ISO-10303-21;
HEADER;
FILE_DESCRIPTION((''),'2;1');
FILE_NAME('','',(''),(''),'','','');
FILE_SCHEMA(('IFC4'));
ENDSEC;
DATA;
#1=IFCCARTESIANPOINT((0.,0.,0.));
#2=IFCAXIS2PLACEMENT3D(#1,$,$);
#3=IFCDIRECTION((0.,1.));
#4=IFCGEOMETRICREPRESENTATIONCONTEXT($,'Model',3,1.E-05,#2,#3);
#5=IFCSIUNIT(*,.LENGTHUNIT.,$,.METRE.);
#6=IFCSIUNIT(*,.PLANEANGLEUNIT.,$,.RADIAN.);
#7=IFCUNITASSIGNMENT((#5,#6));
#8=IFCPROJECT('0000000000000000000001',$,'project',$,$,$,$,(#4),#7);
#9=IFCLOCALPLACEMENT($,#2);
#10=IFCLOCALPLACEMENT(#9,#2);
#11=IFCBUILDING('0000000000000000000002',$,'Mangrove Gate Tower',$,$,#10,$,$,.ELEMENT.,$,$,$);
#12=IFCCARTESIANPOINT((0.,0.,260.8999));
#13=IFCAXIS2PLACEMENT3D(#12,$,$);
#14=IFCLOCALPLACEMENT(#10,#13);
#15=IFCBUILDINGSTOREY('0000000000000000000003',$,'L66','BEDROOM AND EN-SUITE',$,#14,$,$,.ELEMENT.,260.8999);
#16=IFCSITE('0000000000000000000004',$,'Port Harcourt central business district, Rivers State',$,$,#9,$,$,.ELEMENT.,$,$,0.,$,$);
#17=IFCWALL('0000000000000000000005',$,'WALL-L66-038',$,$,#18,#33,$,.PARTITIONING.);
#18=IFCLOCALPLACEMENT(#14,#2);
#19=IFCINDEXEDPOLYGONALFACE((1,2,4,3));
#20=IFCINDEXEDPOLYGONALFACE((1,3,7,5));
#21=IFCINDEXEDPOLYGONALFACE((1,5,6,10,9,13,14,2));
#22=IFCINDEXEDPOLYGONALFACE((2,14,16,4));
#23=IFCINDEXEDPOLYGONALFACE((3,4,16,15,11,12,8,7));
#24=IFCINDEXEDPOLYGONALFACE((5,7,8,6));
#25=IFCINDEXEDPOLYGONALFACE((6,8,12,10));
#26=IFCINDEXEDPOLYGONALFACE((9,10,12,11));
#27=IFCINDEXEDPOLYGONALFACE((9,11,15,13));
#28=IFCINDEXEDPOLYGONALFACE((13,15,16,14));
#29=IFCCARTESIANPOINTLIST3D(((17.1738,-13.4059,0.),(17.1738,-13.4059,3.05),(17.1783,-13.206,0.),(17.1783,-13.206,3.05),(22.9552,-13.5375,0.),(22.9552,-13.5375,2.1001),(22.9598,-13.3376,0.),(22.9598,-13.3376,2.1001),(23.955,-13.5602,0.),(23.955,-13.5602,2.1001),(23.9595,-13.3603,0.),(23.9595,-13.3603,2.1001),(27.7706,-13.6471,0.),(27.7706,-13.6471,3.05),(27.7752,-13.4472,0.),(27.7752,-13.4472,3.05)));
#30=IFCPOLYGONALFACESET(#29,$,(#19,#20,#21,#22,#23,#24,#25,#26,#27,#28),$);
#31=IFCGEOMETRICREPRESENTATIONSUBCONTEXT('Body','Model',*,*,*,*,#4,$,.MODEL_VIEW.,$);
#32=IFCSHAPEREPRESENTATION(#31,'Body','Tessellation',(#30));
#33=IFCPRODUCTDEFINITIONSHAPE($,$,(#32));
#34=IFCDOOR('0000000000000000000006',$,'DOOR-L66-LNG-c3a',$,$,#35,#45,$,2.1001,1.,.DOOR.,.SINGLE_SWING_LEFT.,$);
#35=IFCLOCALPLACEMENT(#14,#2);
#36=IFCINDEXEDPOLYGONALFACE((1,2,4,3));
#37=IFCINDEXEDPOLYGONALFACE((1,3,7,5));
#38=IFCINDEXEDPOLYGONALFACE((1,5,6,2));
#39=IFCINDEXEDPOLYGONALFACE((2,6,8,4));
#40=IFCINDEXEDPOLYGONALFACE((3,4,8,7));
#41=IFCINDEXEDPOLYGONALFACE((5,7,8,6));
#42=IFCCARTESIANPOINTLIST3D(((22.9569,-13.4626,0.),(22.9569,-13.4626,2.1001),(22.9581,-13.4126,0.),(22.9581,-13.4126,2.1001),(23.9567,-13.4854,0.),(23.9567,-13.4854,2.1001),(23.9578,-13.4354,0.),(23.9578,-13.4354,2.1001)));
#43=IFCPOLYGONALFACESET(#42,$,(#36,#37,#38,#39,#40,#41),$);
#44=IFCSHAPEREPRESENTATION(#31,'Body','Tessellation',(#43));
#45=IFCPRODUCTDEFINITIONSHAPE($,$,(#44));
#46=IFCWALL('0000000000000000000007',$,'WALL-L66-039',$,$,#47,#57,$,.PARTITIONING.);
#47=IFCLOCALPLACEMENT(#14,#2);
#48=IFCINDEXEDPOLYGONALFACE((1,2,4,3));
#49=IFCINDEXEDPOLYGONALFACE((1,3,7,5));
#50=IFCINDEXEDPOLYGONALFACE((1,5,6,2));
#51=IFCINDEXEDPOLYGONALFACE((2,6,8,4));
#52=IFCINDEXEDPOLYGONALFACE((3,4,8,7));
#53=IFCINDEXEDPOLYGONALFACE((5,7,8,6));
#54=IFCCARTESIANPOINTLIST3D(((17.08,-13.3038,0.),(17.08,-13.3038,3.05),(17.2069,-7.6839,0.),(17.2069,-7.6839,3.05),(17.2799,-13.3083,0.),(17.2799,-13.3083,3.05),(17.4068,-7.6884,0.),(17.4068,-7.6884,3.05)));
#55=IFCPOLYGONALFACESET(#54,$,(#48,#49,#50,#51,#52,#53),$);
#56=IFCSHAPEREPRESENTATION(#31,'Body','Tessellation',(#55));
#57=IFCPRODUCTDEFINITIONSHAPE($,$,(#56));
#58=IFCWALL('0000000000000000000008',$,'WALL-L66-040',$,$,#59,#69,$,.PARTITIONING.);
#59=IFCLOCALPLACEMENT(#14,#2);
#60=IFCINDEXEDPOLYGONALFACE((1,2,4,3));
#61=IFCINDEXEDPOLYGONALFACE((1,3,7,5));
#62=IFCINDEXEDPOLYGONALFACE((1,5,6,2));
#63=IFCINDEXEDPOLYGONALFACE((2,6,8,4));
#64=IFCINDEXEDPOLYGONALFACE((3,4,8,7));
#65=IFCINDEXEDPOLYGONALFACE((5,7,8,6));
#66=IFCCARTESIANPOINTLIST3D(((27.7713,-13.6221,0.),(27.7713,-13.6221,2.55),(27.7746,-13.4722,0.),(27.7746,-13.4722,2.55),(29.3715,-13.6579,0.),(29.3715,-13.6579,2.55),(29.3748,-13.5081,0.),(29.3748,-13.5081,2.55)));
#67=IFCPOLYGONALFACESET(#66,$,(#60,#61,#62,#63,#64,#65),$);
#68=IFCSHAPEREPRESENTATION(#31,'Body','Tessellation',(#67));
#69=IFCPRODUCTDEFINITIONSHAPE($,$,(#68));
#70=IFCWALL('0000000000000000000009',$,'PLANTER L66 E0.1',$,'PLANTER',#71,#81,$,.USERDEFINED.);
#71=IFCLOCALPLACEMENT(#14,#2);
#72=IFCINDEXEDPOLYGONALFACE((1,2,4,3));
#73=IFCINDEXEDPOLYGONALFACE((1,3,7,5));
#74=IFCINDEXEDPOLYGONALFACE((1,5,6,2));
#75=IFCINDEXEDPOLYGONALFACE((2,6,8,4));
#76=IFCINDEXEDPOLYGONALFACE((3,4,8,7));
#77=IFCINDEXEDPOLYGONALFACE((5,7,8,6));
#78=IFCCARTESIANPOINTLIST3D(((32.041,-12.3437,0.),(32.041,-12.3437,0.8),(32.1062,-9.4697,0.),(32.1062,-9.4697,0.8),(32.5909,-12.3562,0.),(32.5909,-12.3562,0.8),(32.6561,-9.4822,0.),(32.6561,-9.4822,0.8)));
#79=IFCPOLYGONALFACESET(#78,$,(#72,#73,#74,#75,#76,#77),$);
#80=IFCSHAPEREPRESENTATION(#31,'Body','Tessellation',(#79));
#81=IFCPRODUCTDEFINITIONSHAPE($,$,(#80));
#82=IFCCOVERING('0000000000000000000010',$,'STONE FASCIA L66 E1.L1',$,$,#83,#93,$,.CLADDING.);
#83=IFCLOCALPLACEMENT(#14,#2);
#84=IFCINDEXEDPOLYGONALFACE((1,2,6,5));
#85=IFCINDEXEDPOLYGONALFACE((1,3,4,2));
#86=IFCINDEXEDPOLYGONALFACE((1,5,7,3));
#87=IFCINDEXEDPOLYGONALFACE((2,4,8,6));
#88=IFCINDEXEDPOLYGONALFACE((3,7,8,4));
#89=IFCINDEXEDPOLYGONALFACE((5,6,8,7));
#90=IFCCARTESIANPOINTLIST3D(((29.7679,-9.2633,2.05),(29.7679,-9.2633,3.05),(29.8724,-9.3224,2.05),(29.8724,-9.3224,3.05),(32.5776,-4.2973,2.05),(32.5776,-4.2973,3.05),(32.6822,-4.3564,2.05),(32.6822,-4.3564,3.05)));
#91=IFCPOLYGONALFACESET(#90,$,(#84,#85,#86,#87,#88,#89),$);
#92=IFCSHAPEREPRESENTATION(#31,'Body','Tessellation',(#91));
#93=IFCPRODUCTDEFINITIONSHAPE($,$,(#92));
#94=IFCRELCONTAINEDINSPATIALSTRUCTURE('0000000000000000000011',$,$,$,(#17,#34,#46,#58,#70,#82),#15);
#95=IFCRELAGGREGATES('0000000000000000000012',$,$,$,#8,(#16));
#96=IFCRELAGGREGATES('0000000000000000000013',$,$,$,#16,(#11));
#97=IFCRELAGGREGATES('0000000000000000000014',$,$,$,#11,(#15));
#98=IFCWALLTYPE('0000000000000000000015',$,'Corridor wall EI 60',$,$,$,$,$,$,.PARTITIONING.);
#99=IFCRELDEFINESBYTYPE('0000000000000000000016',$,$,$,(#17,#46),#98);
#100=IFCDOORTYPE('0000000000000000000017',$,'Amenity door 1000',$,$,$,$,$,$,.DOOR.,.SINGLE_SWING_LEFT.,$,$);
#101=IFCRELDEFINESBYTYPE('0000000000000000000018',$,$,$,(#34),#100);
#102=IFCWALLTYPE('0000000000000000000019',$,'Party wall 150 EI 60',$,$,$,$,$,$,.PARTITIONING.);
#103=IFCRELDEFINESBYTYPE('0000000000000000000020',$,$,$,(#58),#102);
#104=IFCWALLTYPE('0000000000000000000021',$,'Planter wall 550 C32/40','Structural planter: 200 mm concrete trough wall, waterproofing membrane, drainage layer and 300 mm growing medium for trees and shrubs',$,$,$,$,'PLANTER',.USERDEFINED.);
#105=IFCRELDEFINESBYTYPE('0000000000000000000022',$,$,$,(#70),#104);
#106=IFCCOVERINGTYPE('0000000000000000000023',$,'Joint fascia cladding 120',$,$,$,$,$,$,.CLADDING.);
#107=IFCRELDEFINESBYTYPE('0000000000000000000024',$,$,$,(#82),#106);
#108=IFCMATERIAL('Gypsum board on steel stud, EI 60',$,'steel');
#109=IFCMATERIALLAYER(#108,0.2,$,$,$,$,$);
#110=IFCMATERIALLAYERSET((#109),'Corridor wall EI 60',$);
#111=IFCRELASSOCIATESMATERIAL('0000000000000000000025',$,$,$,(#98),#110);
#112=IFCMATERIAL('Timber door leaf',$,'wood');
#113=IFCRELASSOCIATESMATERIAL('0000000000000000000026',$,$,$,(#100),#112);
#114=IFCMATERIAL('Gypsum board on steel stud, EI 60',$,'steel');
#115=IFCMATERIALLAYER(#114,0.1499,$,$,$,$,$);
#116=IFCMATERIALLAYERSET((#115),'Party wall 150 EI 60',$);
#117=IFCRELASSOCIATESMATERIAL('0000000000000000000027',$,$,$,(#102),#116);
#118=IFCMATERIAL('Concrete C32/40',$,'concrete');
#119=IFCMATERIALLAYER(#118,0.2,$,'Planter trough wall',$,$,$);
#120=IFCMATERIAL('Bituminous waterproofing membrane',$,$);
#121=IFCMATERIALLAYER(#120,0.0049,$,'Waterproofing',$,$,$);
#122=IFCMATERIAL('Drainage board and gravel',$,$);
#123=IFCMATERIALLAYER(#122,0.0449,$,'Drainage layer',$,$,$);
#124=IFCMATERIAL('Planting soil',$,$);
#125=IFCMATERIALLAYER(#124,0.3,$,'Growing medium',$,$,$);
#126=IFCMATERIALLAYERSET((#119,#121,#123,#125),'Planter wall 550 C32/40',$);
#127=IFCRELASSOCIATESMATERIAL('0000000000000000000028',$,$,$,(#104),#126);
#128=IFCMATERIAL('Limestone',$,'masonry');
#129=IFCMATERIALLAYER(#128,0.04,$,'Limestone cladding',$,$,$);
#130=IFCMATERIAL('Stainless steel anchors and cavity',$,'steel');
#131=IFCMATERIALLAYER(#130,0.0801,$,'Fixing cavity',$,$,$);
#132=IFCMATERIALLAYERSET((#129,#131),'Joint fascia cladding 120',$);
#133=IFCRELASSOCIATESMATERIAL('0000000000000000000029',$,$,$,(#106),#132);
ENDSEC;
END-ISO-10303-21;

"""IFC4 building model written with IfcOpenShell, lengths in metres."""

from ifc_helpers import new_model, si_unit, direction, frame, frame_2d, origin, place, context, subcontext, project, spatial, rectangle, extrude, material, layer, layer_set, type_object, element, fill, save


model = new_model("IFC4")

# Units and contexts
model_context = context("Model", 3, precision=1e-05, world=origin(), true_north=direction((0.0, 1.0)))
body_context = subcontext(model_context, "Body", "Model", "MODEL_VIEW")
ifc_project = project(units=[si_unit("LENGTHUNIT", "METRE"), si_unit("PLANEANGLEUNIT", "RADIAN")], contexts=[model_context])

# Site, building, storey
site_placement = place(None, origin())
site = spatial("IfcSite", under=ifc_project, at=site_placement, Name="Port Harcourt central business district, Rivers State", CompositionType="ELEMENT", RefElevation=0.0)
building_placement = place(site_placement, origin())
building = spatial("IfcBuilding", under=site, at=building_placement, Name="Mangrove Gate Tower", CompositionType="ELEMENT")
storey_placement = place(building_placement, frame((0.0, 0.0, 260.8999)))
storey = spatial("IfcBuildingStorey", under=building, at=storey_placement, Name="L66", Description="BEDROOM AND EN-SUITE", CompositionType="ELEMENT", Elevation=260.8999)

# Shared definitions
ifc_material_1 = material(Name="Gypsum board on steel stud, EI 60", Category="steel")
ifc_layer_1 = layer(ifc_material_1, 0.2)
ifc_layer_set_1 = layer_set([ifc_layer_1], Name="Corridor wall EI 60")
wall_type_1 = type_object("IfcWallType", Name="Corridor wall EI 60", PredefinedType="PARTITIONING", material=ifc_layer_set_1)

# Wall, opening, door
wall_1_placement = place(storey_placement, frame((17.176, -13.3059, 0.0), z_axis=(0.0, 0.0, 1.0), x_axis=(0.999741, -0.022756, 0.0)))
wall_1 = element("IfcWall", 1, at=wall_1_placement, inside=storey, type_object=wall_type_1, Name="WALL-L66-038", PredefinedType="PARTITIONING", context=body_context, shape_type="SweptSolid", body=[
    extrude(rectangle(XDim=10.5996, YDim=0.2, at=frame_2d((5.2998, 0.0))), origin(), (0.0, 0.0, 1.0), 3.05),
])
opening_placement = place(wall_1_placement, frame((5.783, 0.0, 0.0)))
opening = element("IfcOpeningElement", 2, at=opening_placement, cuts=wall_1, PredefinedType="OPENING", context=body_context, shape_type="SweptSolid", body=[
    extrude(rectangle(XDim=1.0, YDim=2.1001, at=frame_2d((0.5, 1.05))), frame((0.0, 0.1099, 0.0), z_axis=(0.0, -1.0, 0.0), x_axis=(1.0, 0.0, 0.0)), (0.0, 0.0, 1.0), 0.22),
])
ifc_material_2 = material(Name="Timber door leaf", Category="wood")
door_type = type_object("IfcDoorType", Name="Amenity door 1000", OperationType="SINGLE_SWING_LEFT", PredefinedType="DOOR", material=ifc_material_2)
door_placement = place(opening_placement, origin())
door = element("IfcDoor", 3, at=door_placement, inside=storey, type_object=door_type, Name="DOOR-L66-LNG-c3a", OperationType="SINGLE_SWING_LEFT", OverallHeight=2.1001, OverallWidth=1.0, PredefinedType="DOOR", context=body_context, shape_type="SweptSolid", body=[
    extrude(rectangle(XDim=1.0, YDim=2.1001, at=frame_2d((0.5, 1.05))), frame((0.0, 0.0249, 0.0), z_axis=(0.0, -1.0, 0.0), x_axis=(1.0, 0.0, 0.0)), (0.0, 0.0, 1.0), 0.05),
])
fill(opening, door)

# Walls
wall_2_placement = place(storey_placement, frame((17.1799, -13.3059, 0.0), z_axis=(0.0, 0.0, 1.0), x_axis=(0.022584, 0.999745, 0.0)))
element("IfcWall", 4, at=wall_2_placement, inside=storey, type_object=wall_type_1, Name="WALL-L66-039", PredefinedType="PARTITIONING", context=body_context, shape_type="SweptSolid", body=[
    extrude(rectangle(XDim=5.6213, YDim=0.2, at=frame_2d((2.8105, 0.0))), origin(), (0.0, 0.0, 1.0), 3.05),
])
ifc_material_3 = material(Name="Gypsum board on steel stud, EI 60", Category="steel")
ifc_layer_2 = layer(ifc_material_3, 0.1499)
ifc_layer_set_2 = layer_set([ifc_layer_2], Name="Party wall 150 EI 60")
wall_type_2 = type_object("IfcWallType", Name="Party wall 150 EI 60", PredefinedType="PARTITIONING", material=ifc_layer_set_2)
wall_3_placement = place(storey_placement, frame((27.7729, -13.5471, 0.0), z_axis=(0.0, 0.0, 1.0), x_axis=(0.999749, -0.022423, 0.0)))
element("IfcWall", 5, at=wall_3_placement, inside=storey, type_object=wall_type_2, Name="WALL-L66-040", PredefinedType="PARTITIONING", context=body_context, shape_type="SweptSolid", body=[
    extrude(rectangle(XDim=1.6006, YDim=0.1499, at=frame_2d((0.8003, 0.0))), origin(), (0.0, 0.0, 1.0), 2.55),
])
ifc_material_4 = material(Name="Concrete C32/40", Category="concrete")
ifc_layer_3 = layer(ifc_material_4, 0.2, Name="Planter trough wall")
ifc_material_5 = material(Name="Bituminous waterproofing membrane")
ifc_layer_4 = layer(ifc_material_5, 0.0049, Name="Waterproofing")
ifc_material_6 = material(Name="Drainage board and gravel")
ifc_layer_5 = layer(ifc_material_6, 0.0449, Name="Drainage layer")
ifc_material_7 = material(Name="Planting soil")
ifc_layer_6 = layer(ifc_material_7, 0.3, Name="Growing medium")
ifc_layer_set_3 = layer_set([ifc_layer_3, ifc_layer_4, ifc_layer_5, ifc_layer_6], Name="Planter wall 550 C32/40")
wall_type_3 = type_object("IfcWallType", Name="Planter wall 550 C32/40", Description="Structural planter: 200 mm concrete trough wall, waterproofing membrane, drainage layer and 300 mm growing medium for trees and shrubs", ElementType="PLANTER", PredefinedType="USERDEFINED", material=ifc_layer_set_3)
wall_4_placement = place(storey_placement, frame((32.3159, -12.3501, 0.0), z_axis=(0.0, 0.0, 1.0), x_axis=(0.022675, 0.999743, 0.0)))
element("IfcWall", 6, at=wall_4_placement, inside=storey, type_object=wall_type_3, Name="PLANTER L66 E0.1", ObjectType="PLANTER", PredefinedType="USERDEFINED", context=body_context, shape_type="SweptSolid", body=[
    extrude(rectangle(XDim=2.8748, YDim=0.55, at=frame_2d((1.4375, 0.0))), origin(), (0.0, 0.0, 1.0), 0.8),
])

# Covering
ifc_material_8 = material(Name="Limestone", Category="masonry")
ifc_layer_7 = layer(ifc_material_8, 0.04, Name="Limestone cladding")
ifc_material_9 = material(Name="Stainless steel anchors and cavity", Category="steel")
ifc_layer_8 = layer(ifc_material_9, 0.0801, Name="Fixing cavity")
ifc_layer_set_4 = layer_set([ifc_layer_7, ifc_layer_8], Name="Joint fascia cladding 120")
covering_type = type_object("IfcCoveringType", Name="Joint fascia cladding 120", PredefinedType="CLADDING", material=ifc_layer_set_4)
covering_placement = place(storey_placement, frame((29.8201, -9.293, 2.05), z_axis=(0.0, 0.0, 1.0), x_axis=(0.492444, 0.870344, 0.0)))
element("IfcCovering", 7, at=covering_placement, inside=storey, type_object=covering_type, Name="STONE FASCIA L66 E1.L1", PredefinedType="CLADDING", context=body_context, shape_type="SweptSolid", body=[
    extrude(rectangle(XDim=5.7058, YDim=0.1201, at=frame_2d((2.853, 0.0))), origin(), (0.0, 0.0, 1.0), 1.0),
])

save(model, "model.ifc")
